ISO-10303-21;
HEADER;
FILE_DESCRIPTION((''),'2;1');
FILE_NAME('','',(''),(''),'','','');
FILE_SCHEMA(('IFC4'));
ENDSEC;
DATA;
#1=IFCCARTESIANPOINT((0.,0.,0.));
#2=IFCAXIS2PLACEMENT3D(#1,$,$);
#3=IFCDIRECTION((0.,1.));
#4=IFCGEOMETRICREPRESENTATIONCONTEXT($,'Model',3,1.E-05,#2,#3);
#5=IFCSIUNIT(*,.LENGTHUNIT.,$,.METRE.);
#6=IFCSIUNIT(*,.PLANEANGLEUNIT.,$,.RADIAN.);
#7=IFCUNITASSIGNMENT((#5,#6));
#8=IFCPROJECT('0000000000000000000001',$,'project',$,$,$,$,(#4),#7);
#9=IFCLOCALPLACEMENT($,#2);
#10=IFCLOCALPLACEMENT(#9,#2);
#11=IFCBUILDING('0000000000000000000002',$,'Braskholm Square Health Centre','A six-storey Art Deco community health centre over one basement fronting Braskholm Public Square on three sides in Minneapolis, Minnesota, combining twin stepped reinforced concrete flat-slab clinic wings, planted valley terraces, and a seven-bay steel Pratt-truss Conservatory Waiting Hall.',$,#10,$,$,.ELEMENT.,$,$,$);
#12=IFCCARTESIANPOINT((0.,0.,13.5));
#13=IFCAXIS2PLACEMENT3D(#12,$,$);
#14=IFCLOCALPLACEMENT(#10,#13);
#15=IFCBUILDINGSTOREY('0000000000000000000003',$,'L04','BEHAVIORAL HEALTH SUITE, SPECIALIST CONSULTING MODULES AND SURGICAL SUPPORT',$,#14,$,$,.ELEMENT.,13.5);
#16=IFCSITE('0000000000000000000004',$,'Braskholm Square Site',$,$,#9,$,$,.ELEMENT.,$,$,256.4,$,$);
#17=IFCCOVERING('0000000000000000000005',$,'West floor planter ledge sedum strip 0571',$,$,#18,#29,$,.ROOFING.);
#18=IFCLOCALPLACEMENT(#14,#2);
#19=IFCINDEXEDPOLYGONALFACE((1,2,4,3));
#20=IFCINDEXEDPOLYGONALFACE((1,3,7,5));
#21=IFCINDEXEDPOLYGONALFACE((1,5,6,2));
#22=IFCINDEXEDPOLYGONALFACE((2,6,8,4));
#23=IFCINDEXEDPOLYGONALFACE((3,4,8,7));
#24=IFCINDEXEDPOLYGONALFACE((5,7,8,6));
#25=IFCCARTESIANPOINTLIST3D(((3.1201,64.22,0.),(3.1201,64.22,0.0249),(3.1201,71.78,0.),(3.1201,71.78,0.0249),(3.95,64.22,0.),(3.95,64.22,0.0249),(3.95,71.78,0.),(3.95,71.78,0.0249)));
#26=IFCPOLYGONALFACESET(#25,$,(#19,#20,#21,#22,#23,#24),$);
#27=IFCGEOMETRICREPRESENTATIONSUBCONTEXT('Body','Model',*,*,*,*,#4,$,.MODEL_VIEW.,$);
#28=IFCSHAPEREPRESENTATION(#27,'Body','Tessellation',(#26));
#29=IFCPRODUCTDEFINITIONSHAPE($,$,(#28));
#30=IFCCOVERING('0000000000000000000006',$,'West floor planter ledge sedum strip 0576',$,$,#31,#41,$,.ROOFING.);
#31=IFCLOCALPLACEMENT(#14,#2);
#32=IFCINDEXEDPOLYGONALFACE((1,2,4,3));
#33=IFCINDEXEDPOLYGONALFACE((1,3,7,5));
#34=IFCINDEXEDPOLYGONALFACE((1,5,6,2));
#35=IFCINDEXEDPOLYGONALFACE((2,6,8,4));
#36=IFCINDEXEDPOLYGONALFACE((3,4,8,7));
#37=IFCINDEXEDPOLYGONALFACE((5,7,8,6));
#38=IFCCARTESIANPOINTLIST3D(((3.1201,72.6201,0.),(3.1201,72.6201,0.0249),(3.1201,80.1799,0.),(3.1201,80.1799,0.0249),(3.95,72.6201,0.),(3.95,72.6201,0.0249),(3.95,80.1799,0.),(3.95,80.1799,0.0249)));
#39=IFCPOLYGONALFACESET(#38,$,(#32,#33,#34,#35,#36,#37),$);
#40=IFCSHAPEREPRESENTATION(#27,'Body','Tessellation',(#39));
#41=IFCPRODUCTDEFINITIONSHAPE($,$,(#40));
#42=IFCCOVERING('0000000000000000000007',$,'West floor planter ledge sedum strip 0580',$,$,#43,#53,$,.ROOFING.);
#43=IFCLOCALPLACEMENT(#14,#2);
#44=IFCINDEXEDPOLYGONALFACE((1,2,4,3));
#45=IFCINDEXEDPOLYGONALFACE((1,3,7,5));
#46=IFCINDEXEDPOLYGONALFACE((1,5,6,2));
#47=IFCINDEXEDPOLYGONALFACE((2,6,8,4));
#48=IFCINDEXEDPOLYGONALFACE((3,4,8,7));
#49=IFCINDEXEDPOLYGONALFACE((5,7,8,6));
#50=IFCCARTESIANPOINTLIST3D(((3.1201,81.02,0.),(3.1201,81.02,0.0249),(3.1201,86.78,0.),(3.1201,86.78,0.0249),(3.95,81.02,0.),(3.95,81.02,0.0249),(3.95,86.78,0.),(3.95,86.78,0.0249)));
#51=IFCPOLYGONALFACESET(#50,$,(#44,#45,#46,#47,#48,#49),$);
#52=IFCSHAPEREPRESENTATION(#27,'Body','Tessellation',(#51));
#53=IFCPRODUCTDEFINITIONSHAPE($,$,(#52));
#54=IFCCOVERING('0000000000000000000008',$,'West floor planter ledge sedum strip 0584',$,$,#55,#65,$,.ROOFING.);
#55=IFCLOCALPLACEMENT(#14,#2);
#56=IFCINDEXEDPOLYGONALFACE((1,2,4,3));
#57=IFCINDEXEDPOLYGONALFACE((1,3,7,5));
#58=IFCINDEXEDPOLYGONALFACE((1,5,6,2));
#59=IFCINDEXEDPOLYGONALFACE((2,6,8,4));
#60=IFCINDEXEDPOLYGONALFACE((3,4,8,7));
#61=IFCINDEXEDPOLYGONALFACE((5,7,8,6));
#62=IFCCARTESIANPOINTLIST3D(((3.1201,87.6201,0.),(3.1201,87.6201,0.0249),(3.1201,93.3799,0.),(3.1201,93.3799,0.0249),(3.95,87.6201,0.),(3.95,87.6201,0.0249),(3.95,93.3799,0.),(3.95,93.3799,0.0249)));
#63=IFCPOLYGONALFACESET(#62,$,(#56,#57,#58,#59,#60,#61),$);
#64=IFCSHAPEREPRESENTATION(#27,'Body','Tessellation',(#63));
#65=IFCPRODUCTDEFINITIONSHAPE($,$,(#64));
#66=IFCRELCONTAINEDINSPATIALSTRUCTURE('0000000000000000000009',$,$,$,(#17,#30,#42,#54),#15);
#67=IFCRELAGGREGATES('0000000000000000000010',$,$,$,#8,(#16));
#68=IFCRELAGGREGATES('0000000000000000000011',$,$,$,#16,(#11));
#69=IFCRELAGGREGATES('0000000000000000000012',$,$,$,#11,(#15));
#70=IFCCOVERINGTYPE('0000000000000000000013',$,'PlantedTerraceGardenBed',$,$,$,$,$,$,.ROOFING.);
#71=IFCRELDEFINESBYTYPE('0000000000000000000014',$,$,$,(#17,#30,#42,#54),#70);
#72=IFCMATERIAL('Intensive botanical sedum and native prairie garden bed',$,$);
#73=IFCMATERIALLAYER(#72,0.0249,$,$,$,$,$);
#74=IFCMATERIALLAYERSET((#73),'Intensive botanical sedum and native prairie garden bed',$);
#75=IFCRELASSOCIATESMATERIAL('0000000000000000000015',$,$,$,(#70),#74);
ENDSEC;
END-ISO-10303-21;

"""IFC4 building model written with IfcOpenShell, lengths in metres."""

from ifc_helpers import new_model, si_unit, direction, frame, origin, place, context, subcontext, project, spatial, polyline, outline, extrude, material, layer, layer_set, type_object, element, save


model = new_model("IFC4")

# Units and contexts
model_context = context("Model", 3, precision=1e-05, world=origin(), true_north=direction((0.0, 1.0)))
body_context = subcontext(model_context, "Body", "Model", "MODEL_VIEW")
ifc_project = project(units=[si_unit("LENGTHUNIT", "METRE"), si_unit("PLANEANGLEUNIT", "RADIAN")], contexts=[model_context])

# Site, building, storey
site_placement = place(None, origin())
site = spatial("IfcSite", under=ifc_project, at=site_placement, Name="Braskholm Square Site", CompositionType="ELEMENT", RefElevation=256.4)
building_placement = place(site_placement, origin())
building = spatial("IfcBuilding", under=site, at=building_placement, Name="Braskholm Square Health Centre", Description="A six-storey Art Deco community health centre over one basement fronting Braskholm Public Square on three sides in Minneapolis, Minnesota, combining twin stepped reinforced concrete flat-slab clinic wings, planted valley terraces, and a seven-bay steel Pratt-truss Conservatory Waiting Hall.", CompositionType="ELEMENT")
storey_placement = place(building_placement, frame((0.0, 0.0, 13.5)))
storey = spatial("IfcBuildingStorey", under=building, at=storey_placement, Name="L04", Description="BEHAVIORAL HEALTH SUITE, SPECIALIST CONSULTING MODULES AND SURGICAL SUPPORT", CompositionType="ELEMENT", Elevation=13.5)

# Coverings
ifc_material_1 = material(Name="Intensive botanical sedum and native prairie garden bed")
ifc_layer_1 = layer(ifc_material_1, 0.0249)
ifc_layer_set_1 = layer_set([ifc_layer_1], Name="Intensive botanical sedum and native prairie garden bed")
covering_type = type_object("IfcCoveringType", Name="PlantedTerraceGardenBed", PredefinedType="ROOFING", material=ifc_layer_set_1)
covering_1_placement = place(storey_placement, origin())
element("IfcCovering", 1, at=covering_1_placement, inside=storey, type_object=covering_type, Name="West floor planter ledge sedum strip 0571", PredefinedType="ROOFING", context=body_context, shape_type="SweptSolid", body=[
    extrude(outline(polyline([(3.1201, 64.22), (3.95, 64.22), (3.95, 71.78), (3.1201, 71.78), (3.1201, 64.22)])), origin(), (0.0, 0.0, 1.0), 0.0249),
])
covering_2_placement = place(storey_placement, origin())
element("IfcCovering", 2, at=covering_2_placement, inside=storey, type_object=covering_type, Name="West floor planter ledge sedum strip 0576", PredefinedType="ROOFING", context=body_context, shape_type="SweptSolid", body=[
    extrude(outline(polyline([(3.1201, 72.6201), (3.95, 72.6201), (3.95, 80.1799), (3.1201, 80.1799), (3.1201, 72.6201)])), origin(), (0.0, 0.0, 1.0), 0.0249),
])
covering_3_placement = place(storey_placement, origin())
element("IfcCovering", 3, at=covering_3_placement, inside=storey, type_object=covering_type, Name="West floor planter ledge sedum strip 0580", PredefinedType="ROOFING", context=body_context, shape_type="SweptSolid", body=[
    extrude(outline(polyline([(3.1201, 81.02), (3.95, 81.02), (3.95, 86.78), (3.1201, 86.78), (3.1201, 81.02)])), origin(), (0.0, 0.0, 1.0), 0.0249),
])
covering_4_placement = place(storey_placement, origin())
element("IfcCovering", 4, at=covering_4_placement, inside=storey, type_object=covering_type, Name="West floor planter ledge sedum strip 0584", PredefinedType="ROOFING", context=body_context, shape_type="SweptSolid", body=[
    extrude(outline(polyline([(3.1201, 87.6201), (3.95, 87.6201), (3.95, 93.3799), (3.1201, 93.3799), (3.1201, 87.6201)])), origin(), (0.0, 0.0, 1.0), 0.0249),
])

save(model, "model.ifc")
